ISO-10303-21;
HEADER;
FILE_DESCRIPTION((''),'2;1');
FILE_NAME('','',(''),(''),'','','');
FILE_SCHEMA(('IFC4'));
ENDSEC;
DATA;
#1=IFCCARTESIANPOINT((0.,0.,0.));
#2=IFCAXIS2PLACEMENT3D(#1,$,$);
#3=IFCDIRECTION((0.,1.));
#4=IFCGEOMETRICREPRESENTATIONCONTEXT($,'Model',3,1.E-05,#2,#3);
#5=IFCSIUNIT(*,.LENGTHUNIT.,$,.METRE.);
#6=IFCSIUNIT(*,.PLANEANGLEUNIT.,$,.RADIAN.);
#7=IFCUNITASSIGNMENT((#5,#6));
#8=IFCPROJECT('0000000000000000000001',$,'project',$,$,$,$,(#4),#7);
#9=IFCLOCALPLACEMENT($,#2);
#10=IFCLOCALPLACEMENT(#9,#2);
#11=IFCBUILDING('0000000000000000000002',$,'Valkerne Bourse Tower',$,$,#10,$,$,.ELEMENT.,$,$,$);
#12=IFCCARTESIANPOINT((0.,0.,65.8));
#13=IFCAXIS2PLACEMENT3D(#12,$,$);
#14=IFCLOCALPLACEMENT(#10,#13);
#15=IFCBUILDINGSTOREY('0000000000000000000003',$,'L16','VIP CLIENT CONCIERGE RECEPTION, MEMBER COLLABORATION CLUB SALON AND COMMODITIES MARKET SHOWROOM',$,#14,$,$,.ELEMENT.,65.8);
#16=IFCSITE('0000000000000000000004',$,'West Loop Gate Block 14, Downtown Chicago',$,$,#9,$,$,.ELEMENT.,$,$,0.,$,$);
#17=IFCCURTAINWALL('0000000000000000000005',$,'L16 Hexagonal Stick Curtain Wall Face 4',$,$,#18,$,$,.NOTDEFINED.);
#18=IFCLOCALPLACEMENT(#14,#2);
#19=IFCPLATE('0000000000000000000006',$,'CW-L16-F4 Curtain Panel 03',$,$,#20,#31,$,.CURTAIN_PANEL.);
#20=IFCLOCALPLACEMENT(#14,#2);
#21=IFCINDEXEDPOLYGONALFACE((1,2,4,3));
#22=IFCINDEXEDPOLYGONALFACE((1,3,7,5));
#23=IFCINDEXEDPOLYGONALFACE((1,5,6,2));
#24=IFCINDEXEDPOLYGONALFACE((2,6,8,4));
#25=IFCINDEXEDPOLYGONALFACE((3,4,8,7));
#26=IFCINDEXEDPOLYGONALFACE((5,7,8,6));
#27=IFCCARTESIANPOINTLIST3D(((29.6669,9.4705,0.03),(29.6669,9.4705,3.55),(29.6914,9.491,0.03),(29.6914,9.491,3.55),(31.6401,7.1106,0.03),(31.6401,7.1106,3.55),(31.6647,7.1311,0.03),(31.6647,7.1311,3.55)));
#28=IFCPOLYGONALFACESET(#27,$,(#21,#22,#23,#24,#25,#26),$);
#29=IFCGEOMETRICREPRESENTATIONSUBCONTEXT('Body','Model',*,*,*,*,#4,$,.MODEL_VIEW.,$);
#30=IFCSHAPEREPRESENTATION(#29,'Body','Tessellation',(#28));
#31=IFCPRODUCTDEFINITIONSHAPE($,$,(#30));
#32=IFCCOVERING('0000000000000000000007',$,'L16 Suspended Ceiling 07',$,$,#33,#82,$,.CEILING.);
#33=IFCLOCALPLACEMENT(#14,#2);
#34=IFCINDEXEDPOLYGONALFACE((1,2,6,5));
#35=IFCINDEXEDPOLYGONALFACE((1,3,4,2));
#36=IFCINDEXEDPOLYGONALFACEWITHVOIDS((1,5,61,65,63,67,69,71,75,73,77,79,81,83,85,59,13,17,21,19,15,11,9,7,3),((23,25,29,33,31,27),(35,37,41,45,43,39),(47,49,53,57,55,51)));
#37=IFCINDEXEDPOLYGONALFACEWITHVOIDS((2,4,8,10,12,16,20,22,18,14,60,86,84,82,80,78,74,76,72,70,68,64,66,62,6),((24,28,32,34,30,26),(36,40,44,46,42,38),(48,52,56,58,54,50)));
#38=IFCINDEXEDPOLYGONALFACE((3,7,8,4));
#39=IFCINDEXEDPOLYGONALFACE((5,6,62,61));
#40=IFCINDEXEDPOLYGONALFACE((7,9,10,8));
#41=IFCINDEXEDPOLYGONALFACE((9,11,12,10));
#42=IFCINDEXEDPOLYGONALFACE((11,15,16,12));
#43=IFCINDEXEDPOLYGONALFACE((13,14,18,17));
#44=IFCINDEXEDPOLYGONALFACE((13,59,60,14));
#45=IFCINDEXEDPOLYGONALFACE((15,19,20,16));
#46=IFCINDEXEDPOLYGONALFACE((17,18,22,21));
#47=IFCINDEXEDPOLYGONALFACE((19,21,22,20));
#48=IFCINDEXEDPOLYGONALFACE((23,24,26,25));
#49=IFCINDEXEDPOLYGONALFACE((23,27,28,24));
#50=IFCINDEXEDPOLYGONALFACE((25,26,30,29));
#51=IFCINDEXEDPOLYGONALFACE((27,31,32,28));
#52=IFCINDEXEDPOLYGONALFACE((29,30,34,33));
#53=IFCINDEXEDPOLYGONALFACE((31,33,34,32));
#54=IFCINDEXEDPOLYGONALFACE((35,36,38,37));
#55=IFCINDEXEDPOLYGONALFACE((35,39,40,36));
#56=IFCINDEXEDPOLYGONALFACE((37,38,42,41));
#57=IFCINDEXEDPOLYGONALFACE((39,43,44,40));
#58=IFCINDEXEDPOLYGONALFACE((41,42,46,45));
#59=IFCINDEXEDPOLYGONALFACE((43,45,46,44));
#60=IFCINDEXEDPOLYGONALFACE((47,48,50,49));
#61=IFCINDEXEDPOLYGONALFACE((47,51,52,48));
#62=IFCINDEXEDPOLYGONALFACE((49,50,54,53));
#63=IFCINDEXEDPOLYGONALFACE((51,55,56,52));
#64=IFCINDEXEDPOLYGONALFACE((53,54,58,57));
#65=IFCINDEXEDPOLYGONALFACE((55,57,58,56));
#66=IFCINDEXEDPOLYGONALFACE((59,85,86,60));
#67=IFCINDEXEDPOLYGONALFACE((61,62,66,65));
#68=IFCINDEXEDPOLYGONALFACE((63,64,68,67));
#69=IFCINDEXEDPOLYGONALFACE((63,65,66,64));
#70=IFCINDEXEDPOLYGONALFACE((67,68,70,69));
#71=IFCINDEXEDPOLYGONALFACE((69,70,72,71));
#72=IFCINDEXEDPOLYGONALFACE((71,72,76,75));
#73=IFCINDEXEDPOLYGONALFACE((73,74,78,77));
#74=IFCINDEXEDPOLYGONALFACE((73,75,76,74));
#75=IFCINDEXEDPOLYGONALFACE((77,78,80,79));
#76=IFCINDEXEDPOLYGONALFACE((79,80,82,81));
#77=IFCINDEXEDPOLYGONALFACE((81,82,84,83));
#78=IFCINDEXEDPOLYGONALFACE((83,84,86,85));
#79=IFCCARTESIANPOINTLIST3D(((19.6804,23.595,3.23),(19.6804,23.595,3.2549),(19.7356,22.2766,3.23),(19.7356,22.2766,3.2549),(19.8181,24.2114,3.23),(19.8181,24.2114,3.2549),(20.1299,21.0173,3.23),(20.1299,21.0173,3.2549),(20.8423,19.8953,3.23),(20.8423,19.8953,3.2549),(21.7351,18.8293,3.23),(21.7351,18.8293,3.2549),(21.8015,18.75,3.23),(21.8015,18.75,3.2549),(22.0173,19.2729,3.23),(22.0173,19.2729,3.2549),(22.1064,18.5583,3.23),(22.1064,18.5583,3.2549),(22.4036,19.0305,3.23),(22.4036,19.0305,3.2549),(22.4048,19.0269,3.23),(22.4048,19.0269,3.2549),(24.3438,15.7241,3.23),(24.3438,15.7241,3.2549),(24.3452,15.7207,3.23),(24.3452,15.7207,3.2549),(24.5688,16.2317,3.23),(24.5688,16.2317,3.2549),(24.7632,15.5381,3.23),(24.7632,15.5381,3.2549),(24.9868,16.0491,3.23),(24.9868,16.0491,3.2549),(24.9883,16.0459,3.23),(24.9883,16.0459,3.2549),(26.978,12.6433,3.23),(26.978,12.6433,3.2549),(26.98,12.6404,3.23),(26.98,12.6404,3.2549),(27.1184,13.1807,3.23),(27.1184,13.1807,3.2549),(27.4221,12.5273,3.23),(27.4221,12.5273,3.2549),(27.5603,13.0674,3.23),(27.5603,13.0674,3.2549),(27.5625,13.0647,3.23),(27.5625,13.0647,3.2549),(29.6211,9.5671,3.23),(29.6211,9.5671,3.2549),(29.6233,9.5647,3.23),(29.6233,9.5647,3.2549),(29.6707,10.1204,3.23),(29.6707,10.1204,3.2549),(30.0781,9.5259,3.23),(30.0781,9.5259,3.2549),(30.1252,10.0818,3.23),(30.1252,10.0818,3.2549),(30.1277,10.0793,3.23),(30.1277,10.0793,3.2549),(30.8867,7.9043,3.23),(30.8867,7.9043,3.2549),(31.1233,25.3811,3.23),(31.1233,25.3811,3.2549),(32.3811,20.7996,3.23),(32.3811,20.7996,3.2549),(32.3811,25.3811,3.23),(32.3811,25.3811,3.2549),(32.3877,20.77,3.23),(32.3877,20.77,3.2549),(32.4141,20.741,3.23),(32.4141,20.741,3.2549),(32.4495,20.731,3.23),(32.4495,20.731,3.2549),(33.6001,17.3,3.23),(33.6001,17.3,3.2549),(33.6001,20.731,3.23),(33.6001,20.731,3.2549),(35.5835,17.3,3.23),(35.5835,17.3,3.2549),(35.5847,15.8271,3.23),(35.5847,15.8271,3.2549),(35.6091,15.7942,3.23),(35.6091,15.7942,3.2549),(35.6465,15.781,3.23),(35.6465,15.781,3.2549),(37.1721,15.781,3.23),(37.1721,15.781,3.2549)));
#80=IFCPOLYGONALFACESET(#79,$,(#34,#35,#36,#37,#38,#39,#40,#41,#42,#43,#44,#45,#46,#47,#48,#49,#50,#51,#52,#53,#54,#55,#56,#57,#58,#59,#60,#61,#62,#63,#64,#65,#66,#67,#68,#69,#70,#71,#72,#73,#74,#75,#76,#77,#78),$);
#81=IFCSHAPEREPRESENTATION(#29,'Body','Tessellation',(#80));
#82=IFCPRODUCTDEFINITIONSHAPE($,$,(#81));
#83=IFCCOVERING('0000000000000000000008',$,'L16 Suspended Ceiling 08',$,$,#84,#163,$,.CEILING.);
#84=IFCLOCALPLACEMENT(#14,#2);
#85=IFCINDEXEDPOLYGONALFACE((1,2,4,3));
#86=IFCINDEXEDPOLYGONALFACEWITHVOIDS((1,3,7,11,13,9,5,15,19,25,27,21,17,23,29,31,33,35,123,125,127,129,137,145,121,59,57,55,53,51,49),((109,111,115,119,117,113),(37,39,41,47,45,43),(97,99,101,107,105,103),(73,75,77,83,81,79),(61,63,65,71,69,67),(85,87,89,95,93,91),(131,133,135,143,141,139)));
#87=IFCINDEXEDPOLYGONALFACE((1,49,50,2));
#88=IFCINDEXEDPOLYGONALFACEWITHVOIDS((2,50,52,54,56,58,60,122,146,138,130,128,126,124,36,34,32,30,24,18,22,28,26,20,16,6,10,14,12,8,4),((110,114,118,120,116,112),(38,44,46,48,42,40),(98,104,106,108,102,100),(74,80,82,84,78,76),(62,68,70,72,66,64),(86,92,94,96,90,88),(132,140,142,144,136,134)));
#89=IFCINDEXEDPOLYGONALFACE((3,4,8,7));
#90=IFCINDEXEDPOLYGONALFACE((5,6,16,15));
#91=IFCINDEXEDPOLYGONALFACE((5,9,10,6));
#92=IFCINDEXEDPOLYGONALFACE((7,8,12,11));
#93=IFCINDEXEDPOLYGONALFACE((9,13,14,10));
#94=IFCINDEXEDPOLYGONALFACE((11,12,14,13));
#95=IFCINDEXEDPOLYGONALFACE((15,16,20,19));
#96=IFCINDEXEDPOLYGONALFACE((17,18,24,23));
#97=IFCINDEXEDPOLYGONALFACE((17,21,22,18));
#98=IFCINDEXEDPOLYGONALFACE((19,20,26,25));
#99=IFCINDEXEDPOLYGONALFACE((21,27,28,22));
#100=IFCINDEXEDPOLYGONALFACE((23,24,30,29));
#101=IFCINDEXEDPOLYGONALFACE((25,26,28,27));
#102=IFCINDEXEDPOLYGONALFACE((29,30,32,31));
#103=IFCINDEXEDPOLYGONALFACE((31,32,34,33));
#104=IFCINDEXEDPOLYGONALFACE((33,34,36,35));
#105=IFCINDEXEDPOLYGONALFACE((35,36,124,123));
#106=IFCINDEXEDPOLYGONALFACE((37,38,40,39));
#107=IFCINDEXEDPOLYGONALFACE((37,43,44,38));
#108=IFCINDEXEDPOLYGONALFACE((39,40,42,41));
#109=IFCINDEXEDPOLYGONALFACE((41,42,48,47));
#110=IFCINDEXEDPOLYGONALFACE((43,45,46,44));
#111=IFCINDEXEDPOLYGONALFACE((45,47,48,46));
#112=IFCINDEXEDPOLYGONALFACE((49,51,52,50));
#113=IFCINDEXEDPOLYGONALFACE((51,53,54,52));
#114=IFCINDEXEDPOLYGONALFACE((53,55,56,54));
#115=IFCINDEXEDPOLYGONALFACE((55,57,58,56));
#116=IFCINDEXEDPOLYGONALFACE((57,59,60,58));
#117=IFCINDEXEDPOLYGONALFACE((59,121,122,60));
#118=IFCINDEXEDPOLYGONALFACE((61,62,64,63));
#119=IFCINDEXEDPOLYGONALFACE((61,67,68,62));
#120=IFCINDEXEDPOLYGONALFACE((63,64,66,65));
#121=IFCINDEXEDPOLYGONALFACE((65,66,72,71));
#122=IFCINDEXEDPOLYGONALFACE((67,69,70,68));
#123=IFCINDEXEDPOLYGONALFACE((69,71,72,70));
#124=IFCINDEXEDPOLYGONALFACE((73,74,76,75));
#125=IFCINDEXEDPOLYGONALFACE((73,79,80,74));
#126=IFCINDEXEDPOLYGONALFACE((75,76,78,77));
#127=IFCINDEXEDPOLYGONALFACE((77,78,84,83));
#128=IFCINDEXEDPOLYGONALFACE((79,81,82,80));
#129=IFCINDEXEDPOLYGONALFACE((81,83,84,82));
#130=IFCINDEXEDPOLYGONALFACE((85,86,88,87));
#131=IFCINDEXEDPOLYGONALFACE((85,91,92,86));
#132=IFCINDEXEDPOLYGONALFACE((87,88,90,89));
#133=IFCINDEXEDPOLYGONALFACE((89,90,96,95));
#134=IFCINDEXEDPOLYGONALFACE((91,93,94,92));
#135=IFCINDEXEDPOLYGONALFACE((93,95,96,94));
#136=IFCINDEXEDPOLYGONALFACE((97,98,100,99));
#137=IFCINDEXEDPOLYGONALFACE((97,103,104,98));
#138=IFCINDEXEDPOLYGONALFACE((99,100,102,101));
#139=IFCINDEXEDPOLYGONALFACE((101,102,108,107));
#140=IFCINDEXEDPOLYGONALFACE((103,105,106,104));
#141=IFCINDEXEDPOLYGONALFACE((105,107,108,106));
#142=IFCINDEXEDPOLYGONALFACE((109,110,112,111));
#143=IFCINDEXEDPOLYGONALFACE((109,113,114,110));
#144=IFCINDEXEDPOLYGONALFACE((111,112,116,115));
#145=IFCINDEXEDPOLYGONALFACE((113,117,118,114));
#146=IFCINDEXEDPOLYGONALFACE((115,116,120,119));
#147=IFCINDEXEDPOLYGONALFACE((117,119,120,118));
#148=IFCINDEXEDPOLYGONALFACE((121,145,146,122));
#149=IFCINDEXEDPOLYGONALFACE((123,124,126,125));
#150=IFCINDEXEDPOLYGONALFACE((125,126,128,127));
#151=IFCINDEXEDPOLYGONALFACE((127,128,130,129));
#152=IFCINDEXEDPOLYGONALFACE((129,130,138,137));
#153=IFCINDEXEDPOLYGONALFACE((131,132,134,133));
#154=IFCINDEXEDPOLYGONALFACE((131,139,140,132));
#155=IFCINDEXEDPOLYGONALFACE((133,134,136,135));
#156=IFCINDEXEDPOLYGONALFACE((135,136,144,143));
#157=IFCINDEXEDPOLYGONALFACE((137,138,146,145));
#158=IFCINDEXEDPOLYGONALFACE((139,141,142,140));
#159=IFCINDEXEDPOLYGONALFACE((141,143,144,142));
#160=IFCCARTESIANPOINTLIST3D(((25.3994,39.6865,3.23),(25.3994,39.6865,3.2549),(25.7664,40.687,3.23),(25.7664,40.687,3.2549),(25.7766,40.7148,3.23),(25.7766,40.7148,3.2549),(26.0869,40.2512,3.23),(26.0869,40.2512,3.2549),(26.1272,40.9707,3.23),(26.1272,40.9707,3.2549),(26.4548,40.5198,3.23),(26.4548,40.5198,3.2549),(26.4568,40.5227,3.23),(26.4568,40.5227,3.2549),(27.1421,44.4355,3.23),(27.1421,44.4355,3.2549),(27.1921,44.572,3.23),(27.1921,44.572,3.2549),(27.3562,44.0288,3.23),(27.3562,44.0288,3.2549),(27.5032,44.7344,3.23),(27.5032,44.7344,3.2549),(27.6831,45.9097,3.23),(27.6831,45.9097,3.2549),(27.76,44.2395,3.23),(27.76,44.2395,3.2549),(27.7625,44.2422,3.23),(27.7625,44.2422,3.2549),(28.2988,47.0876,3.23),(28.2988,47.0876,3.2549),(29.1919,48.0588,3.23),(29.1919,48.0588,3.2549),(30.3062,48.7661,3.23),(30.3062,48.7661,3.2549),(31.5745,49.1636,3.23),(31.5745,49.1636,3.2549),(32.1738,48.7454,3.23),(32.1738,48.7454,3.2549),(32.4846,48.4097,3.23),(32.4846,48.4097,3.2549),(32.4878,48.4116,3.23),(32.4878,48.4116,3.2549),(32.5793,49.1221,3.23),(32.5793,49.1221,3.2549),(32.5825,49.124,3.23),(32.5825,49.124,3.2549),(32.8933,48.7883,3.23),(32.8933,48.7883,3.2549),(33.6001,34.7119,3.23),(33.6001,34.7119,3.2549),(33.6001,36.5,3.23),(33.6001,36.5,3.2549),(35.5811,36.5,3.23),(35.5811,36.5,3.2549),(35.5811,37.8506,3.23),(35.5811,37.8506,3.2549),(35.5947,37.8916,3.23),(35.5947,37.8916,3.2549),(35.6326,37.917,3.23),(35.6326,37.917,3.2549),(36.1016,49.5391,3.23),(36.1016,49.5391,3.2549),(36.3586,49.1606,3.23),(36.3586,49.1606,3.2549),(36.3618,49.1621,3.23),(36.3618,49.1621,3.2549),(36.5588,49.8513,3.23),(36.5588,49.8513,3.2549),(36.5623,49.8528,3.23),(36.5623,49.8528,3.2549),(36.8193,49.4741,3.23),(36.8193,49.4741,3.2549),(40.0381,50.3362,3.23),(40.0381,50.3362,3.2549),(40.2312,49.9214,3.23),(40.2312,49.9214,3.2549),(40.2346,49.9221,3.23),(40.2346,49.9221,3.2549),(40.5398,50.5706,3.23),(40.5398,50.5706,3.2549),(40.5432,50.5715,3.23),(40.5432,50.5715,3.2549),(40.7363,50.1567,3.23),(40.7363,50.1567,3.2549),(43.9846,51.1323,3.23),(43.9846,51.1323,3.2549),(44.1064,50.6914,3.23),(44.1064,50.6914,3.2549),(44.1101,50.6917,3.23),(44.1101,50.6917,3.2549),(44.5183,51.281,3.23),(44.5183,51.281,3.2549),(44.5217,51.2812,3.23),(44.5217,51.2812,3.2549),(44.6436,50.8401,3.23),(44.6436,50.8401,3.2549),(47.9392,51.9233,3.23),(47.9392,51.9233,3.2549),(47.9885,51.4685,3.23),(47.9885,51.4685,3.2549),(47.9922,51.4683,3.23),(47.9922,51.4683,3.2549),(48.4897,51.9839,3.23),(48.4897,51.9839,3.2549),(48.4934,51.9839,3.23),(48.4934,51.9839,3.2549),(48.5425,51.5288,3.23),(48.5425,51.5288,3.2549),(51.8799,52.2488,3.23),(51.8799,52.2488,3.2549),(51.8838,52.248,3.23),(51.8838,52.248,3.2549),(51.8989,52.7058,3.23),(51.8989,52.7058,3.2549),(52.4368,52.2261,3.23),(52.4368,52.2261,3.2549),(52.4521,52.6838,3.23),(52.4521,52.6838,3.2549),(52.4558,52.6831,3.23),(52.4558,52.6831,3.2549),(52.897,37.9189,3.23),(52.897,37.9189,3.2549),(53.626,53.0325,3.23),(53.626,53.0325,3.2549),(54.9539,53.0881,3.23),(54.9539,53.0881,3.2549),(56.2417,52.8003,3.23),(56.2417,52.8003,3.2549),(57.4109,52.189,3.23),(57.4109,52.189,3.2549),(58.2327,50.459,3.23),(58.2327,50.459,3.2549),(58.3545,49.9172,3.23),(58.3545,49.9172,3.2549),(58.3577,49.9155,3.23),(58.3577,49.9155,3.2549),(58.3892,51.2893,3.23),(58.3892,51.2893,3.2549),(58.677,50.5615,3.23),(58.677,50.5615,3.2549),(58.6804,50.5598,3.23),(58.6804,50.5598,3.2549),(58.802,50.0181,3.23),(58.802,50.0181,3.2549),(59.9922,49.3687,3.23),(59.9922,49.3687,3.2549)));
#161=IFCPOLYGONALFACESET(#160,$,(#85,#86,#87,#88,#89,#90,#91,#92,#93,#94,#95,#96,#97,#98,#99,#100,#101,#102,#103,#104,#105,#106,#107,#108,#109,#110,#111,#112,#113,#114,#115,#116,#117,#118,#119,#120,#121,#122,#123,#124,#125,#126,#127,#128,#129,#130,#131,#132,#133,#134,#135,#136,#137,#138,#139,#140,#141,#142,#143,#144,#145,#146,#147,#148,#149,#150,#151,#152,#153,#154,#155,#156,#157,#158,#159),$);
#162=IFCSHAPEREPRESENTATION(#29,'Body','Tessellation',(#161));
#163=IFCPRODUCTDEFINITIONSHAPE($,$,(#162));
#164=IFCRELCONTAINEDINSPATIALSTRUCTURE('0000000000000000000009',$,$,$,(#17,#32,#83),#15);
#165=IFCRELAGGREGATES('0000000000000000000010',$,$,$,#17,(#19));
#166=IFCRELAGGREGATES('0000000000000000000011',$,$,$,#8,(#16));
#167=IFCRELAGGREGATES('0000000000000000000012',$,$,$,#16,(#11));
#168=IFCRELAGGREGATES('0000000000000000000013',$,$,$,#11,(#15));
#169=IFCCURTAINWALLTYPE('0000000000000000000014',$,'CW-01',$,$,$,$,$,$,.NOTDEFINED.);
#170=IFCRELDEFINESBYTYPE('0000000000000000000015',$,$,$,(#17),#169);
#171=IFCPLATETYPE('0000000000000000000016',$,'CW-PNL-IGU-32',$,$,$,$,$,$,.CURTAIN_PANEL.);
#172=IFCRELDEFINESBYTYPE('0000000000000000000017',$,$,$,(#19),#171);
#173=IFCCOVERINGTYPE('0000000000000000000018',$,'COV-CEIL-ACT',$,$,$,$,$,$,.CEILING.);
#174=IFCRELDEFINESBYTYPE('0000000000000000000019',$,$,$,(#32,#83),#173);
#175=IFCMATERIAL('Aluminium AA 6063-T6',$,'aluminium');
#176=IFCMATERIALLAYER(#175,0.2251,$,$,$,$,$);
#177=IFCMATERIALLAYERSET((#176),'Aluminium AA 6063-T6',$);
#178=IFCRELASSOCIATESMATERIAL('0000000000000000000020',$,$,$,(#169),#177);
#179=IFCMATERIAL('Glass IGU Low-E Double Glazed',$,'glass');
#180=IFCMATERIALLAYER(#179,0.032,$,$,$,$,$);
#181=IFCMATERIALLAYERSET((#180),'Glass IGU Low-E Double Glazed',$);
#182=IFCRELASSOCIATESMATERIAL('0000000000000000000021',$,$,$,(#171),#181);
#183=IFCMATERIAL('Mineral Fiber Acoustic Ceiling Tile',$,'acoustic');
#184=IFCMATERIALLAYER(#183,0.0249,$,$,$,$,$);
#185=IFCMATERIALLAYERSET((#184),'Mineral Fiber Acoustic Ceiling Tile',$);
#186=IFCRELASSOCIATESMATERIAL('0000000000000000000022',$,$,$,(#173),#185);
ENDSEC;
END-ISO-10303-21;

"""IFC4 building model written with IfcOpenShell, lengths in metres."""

from ifc_helpers import new_model, si_unit, direction, frame, origin, origin_2d, place, context, subcontext, project, spatial, polyline, rectangle, outline, extrude, material, layer, layer_set, type_object, element, aggregate, save


model = new_model("IFC4")

# Units and contexts
model_context = context("Model", 3, precision=1e-05, world=origin(), true_north=direction((0.0, 1.0)))
body_context = subcontext(model_context, "Body", "Model", "MODEL_VIEW")
ifc_project = project(units=[si_unit("LENGTHUNIT", "METRE"), si_unit("PLANEANGLEUNIT", "RADIAN")], contexts=[model_context])

# Site, building, storey
site_placement = place(None, origin())
site = spatial("IfcSite", under=ifc_project, at=site_placement, Name="West Loop Gate Block 14, Downtown Chicago", CompositionType="ELEMENT", RefElevation=0.0)
building_placement = place(site_placement, origin())
building = spatial("IfcBuilding", under=site, at=building_placement, Name="Valkerne Bourse Tower", CompositionType="ELEMENT")
storey_placement = place(building_placement, frame((0.0, 0.0, 65.8)))
storey = spatial("IfcBuildingStorey", under=building, at=storey_placement, Name="L16", Description="VIP CLIENT CONCIERGE RECEPTION, MEMBER COLLABORATION CLUB SALON AND COMMODITIES MARKET SHOWROOM", CompositionType="ELEMENT", Elevation=65.8)

# Curtain wall
ifc_material_1 = material(Name="Aluminium AA 6063-T6", Category="aluminium")
ifc_layer_1 = layer(ifc_material_1, 0.2251)
ifc_layer_set_1 = layer_set([ifc_layer_1], Name="Aluminium AA 6063-T6")
curtain_wall_type = type_object("IfcCurtainWallType", Name="CW-01", PredefinedType="NOTDEFINED", material=ifc_layer_set_1)
curtain_wall_placement = place(storey_placement, origin())
curtain_wall = element("IfcCurtainWall", 1, at=curtain_wall_placement, inside=storey, type_object=curtain_wall_type, Name="L16 Hexagonal Stick Curtain Wall Face 4", PredefinedType="NOTDEFINED")

# Plate
ifc_material_2 = material(Name="Glass IGU Low-E Double Glazed", Category="glass")
ifc_layer_2 = layer(ifc_material_2, 0.032)
ifc_layer_set_2 = layer_set([ifc_layer_2], Name="Glass IGU Low-E Double Glazed")
plate_type = type_object("IfcPlateType", Name="CW-PNL-IGU-32", PredefinedType="CURTAIN_PANEL", material=ifc_layer_set_2)
plate_1_placement = place(storey_placement, frame((30.6658, 8.3008, 0.03), z_axis=(0.0, 0.0, 1.0), x_axis=(0.641459, -0.767158, 0.0)))
plate_1 = element("IfcPlate", 2, at=plate_1_placement, type_object=plate_type, Name="CW-L16-F4 Curtain Panel 03", PredefinedType="CURTAIN_PANEL", context=body_context, shape_type="SweptSolid", body=[
    extrude(rectangle(XDim=3.0762, YDim=0.032, at=origin_2d()), origin(), (0.0, 0.0, 1.0), 3.52),
])
aggregate(curtain_wall, [plate_1])

# Coverings
ifc_material_3 = material(Name="Mineral Fiber Acoustic Ceiling Tile", Category="acoustic")
ifc_layer_3 = layer(ifc_material_3, 0.0249)
ifc_layer_set_3 = layer_set([ifc_layer_3], Name="Mineral Fiber Acoustic Ceiling Tile")
covering_type_1 = type_object("IfcCoveringType", Name="COV-CEIL-ACT", PredefinedType="CEILING", material=ifc_layer_set_3)
covering_1_placement = place(storey_placement, frame((0.0, 0.0, 3.23)))
element("IfcCovering", 3, at=covering_1_placement, inside=storey, type_object=covering_type_1, Name="L16 Suspended Ceiling 07", PredefinedType="CEILING", context=body_context, shape_type="SweptSolid", body=[
    extrude(outline(polyline([(19.7356, 22.2766), (19.6804, 23.595), (19.8181, 24.2114), (31.1233, 25.3811), (32.3811, 25.3811), (32.3811, 20.7996), (32.3877, 20.77), (32.4141, 20.741), (32.4495, 20.731), (33.6001, 20.731), (33.6001, 17.3), (35.5835, 17.3), (35.5847, 15.8271), (35.6091, 15.7942), (35.6465, 15.781), (37.1721, 15.781), (30.8867, 7.9043), (21.8015, 18.75), (22.1064, 18.5583), (22.4048, 19.0269), (22.4036, 19.0305), (22.0173, 19.2729), (21.7351, 18.8293), (20.8423, 19.8953), (20.1299, 21.0173), (19.7356, 22.2766)]), holes=[polyline([(30.1277, 10.0793), (30.1252, 10.0818), (29.6707, 10.1204), (29.6211, 9.5671), (29.6233, 9.5647), (30.0781, 9.5259), (30.1277, 10.0793)]), polyline([(27.5625, 13.0647), (27.5603, 13.0674), (27.1184, 13.1807), (26.978, 12.6433), (26.98, 12.6404), (27.4221, 12.5273), (27.5625, 13.0647)]), polyline([(24.9868, 16.0491), (24.5688, 16.2317), (24.3438, 15.7241), (24.3452, 15.7207), (24.7632, 15.5381), (24.9883, 16.0459), (24.9868, 16.0491)])]), origin(), (0.0, 0.0, 1.0), 0.0249),
])
covering_2_placement = place(storey_placement, frame((0.0, 0.0, 3.23)))
element("IfcCovering", 4, at=covering_2_placement, inside=storey, type_object=covering_type_1, Name="L16 Suspended Ceiling 08", PredefinedType="CEILING", context=body_context, shape_type="SweptSolid", body=[
    extrude(outline(polyline([(29.1919, 48.0588), (30.3062, 48.7661), (31.5745, 49.1636), (53.626, 53.0325), (54.9539, 53.0881), (56.2417, 52.8003), (57.4109, 52.189), (58.3892, 51.2893), (59.9922, 49.3687), (52.897, 37.9189), (35.6326, 37.917), (35.5947, 37.8916), (35.5811, 37.8506), (35.5811, 36.5), (33.6001, 36.5), (33.6001, 34.7119), (25.3994, 39.6865), (25.7664, 40.687), (26.0869, 40.2512), (26.4548, 40.5198), (26.4568, 40.5227), (26.1272, 40.9707), (25.7766, 40.7148), (27.1421, 44.4355), (27.3562, 44.0288), (27.76, 44.2395), (27.7625, 44.2422), (27.5032, 44.7344), (27.1921, 44.572), (27.6831, 45.9097), (28.2988, 47.0876), (29.1919, 48.0588)]), holes=[polyline([(32.4878, 48.4116), (32.8933, 48.7883), (32.5825, 49.124), (32.5793, 49.1221), (32.1738, 48.7454), (32.4846, 48.4097), (32.4878, 48.4116)]), polyline([(36.3618, 49.1621), (36.8193, 49.4741), (36.5623, 49.8528), (36.5588, 49.8513), (36.1016, 49.5391), (36.3586, 49.1606), (36.3618, 49.1621)]), polyline([(40.2346, 49.9221), (40.7363, 50.1567), (40.5432, 50.5715), (40.5398, 50.5706), (40.0381, 50.3362), (40.2312, 49.9214), (40.2346, 49.9221)]), polyline([(44.6436, 50.8401), (44.5217, 51.2812), (44.5183, 51.281), (43.9846, 51.1323), (44.1064, 50.6914), (44.1101, 50.6917), (44.6436, 50.8401)]), polyline([(48.5425, 51.5288), (48.4934, 51.9839), (48.4897, 51.9839), (47.9392, 51.9233), (47.9885, 51.4685), (47.9922, 51.4683), (48.5425, 51.5288)]), polyline([(52.4558, 52.6831), (52.4521, 52.6838), (51.8989, 52.7058), (51.8799, 52.2488), (51.8838, 52.248), (52.4368, 52.2261), (52.4558, 52.6831)]), polyline([(58.802, 50.0181), (58.6804, 50.5598), (58.677, 50.5615), (58.2327, 50.459), (58.3545, 49.9172), (58.3577, 49.9155), (58.802, 50.0181)])]), origin(), (0.0, 0.0, 1.0), 0.0249),
])

save(model, "model.ifc")
